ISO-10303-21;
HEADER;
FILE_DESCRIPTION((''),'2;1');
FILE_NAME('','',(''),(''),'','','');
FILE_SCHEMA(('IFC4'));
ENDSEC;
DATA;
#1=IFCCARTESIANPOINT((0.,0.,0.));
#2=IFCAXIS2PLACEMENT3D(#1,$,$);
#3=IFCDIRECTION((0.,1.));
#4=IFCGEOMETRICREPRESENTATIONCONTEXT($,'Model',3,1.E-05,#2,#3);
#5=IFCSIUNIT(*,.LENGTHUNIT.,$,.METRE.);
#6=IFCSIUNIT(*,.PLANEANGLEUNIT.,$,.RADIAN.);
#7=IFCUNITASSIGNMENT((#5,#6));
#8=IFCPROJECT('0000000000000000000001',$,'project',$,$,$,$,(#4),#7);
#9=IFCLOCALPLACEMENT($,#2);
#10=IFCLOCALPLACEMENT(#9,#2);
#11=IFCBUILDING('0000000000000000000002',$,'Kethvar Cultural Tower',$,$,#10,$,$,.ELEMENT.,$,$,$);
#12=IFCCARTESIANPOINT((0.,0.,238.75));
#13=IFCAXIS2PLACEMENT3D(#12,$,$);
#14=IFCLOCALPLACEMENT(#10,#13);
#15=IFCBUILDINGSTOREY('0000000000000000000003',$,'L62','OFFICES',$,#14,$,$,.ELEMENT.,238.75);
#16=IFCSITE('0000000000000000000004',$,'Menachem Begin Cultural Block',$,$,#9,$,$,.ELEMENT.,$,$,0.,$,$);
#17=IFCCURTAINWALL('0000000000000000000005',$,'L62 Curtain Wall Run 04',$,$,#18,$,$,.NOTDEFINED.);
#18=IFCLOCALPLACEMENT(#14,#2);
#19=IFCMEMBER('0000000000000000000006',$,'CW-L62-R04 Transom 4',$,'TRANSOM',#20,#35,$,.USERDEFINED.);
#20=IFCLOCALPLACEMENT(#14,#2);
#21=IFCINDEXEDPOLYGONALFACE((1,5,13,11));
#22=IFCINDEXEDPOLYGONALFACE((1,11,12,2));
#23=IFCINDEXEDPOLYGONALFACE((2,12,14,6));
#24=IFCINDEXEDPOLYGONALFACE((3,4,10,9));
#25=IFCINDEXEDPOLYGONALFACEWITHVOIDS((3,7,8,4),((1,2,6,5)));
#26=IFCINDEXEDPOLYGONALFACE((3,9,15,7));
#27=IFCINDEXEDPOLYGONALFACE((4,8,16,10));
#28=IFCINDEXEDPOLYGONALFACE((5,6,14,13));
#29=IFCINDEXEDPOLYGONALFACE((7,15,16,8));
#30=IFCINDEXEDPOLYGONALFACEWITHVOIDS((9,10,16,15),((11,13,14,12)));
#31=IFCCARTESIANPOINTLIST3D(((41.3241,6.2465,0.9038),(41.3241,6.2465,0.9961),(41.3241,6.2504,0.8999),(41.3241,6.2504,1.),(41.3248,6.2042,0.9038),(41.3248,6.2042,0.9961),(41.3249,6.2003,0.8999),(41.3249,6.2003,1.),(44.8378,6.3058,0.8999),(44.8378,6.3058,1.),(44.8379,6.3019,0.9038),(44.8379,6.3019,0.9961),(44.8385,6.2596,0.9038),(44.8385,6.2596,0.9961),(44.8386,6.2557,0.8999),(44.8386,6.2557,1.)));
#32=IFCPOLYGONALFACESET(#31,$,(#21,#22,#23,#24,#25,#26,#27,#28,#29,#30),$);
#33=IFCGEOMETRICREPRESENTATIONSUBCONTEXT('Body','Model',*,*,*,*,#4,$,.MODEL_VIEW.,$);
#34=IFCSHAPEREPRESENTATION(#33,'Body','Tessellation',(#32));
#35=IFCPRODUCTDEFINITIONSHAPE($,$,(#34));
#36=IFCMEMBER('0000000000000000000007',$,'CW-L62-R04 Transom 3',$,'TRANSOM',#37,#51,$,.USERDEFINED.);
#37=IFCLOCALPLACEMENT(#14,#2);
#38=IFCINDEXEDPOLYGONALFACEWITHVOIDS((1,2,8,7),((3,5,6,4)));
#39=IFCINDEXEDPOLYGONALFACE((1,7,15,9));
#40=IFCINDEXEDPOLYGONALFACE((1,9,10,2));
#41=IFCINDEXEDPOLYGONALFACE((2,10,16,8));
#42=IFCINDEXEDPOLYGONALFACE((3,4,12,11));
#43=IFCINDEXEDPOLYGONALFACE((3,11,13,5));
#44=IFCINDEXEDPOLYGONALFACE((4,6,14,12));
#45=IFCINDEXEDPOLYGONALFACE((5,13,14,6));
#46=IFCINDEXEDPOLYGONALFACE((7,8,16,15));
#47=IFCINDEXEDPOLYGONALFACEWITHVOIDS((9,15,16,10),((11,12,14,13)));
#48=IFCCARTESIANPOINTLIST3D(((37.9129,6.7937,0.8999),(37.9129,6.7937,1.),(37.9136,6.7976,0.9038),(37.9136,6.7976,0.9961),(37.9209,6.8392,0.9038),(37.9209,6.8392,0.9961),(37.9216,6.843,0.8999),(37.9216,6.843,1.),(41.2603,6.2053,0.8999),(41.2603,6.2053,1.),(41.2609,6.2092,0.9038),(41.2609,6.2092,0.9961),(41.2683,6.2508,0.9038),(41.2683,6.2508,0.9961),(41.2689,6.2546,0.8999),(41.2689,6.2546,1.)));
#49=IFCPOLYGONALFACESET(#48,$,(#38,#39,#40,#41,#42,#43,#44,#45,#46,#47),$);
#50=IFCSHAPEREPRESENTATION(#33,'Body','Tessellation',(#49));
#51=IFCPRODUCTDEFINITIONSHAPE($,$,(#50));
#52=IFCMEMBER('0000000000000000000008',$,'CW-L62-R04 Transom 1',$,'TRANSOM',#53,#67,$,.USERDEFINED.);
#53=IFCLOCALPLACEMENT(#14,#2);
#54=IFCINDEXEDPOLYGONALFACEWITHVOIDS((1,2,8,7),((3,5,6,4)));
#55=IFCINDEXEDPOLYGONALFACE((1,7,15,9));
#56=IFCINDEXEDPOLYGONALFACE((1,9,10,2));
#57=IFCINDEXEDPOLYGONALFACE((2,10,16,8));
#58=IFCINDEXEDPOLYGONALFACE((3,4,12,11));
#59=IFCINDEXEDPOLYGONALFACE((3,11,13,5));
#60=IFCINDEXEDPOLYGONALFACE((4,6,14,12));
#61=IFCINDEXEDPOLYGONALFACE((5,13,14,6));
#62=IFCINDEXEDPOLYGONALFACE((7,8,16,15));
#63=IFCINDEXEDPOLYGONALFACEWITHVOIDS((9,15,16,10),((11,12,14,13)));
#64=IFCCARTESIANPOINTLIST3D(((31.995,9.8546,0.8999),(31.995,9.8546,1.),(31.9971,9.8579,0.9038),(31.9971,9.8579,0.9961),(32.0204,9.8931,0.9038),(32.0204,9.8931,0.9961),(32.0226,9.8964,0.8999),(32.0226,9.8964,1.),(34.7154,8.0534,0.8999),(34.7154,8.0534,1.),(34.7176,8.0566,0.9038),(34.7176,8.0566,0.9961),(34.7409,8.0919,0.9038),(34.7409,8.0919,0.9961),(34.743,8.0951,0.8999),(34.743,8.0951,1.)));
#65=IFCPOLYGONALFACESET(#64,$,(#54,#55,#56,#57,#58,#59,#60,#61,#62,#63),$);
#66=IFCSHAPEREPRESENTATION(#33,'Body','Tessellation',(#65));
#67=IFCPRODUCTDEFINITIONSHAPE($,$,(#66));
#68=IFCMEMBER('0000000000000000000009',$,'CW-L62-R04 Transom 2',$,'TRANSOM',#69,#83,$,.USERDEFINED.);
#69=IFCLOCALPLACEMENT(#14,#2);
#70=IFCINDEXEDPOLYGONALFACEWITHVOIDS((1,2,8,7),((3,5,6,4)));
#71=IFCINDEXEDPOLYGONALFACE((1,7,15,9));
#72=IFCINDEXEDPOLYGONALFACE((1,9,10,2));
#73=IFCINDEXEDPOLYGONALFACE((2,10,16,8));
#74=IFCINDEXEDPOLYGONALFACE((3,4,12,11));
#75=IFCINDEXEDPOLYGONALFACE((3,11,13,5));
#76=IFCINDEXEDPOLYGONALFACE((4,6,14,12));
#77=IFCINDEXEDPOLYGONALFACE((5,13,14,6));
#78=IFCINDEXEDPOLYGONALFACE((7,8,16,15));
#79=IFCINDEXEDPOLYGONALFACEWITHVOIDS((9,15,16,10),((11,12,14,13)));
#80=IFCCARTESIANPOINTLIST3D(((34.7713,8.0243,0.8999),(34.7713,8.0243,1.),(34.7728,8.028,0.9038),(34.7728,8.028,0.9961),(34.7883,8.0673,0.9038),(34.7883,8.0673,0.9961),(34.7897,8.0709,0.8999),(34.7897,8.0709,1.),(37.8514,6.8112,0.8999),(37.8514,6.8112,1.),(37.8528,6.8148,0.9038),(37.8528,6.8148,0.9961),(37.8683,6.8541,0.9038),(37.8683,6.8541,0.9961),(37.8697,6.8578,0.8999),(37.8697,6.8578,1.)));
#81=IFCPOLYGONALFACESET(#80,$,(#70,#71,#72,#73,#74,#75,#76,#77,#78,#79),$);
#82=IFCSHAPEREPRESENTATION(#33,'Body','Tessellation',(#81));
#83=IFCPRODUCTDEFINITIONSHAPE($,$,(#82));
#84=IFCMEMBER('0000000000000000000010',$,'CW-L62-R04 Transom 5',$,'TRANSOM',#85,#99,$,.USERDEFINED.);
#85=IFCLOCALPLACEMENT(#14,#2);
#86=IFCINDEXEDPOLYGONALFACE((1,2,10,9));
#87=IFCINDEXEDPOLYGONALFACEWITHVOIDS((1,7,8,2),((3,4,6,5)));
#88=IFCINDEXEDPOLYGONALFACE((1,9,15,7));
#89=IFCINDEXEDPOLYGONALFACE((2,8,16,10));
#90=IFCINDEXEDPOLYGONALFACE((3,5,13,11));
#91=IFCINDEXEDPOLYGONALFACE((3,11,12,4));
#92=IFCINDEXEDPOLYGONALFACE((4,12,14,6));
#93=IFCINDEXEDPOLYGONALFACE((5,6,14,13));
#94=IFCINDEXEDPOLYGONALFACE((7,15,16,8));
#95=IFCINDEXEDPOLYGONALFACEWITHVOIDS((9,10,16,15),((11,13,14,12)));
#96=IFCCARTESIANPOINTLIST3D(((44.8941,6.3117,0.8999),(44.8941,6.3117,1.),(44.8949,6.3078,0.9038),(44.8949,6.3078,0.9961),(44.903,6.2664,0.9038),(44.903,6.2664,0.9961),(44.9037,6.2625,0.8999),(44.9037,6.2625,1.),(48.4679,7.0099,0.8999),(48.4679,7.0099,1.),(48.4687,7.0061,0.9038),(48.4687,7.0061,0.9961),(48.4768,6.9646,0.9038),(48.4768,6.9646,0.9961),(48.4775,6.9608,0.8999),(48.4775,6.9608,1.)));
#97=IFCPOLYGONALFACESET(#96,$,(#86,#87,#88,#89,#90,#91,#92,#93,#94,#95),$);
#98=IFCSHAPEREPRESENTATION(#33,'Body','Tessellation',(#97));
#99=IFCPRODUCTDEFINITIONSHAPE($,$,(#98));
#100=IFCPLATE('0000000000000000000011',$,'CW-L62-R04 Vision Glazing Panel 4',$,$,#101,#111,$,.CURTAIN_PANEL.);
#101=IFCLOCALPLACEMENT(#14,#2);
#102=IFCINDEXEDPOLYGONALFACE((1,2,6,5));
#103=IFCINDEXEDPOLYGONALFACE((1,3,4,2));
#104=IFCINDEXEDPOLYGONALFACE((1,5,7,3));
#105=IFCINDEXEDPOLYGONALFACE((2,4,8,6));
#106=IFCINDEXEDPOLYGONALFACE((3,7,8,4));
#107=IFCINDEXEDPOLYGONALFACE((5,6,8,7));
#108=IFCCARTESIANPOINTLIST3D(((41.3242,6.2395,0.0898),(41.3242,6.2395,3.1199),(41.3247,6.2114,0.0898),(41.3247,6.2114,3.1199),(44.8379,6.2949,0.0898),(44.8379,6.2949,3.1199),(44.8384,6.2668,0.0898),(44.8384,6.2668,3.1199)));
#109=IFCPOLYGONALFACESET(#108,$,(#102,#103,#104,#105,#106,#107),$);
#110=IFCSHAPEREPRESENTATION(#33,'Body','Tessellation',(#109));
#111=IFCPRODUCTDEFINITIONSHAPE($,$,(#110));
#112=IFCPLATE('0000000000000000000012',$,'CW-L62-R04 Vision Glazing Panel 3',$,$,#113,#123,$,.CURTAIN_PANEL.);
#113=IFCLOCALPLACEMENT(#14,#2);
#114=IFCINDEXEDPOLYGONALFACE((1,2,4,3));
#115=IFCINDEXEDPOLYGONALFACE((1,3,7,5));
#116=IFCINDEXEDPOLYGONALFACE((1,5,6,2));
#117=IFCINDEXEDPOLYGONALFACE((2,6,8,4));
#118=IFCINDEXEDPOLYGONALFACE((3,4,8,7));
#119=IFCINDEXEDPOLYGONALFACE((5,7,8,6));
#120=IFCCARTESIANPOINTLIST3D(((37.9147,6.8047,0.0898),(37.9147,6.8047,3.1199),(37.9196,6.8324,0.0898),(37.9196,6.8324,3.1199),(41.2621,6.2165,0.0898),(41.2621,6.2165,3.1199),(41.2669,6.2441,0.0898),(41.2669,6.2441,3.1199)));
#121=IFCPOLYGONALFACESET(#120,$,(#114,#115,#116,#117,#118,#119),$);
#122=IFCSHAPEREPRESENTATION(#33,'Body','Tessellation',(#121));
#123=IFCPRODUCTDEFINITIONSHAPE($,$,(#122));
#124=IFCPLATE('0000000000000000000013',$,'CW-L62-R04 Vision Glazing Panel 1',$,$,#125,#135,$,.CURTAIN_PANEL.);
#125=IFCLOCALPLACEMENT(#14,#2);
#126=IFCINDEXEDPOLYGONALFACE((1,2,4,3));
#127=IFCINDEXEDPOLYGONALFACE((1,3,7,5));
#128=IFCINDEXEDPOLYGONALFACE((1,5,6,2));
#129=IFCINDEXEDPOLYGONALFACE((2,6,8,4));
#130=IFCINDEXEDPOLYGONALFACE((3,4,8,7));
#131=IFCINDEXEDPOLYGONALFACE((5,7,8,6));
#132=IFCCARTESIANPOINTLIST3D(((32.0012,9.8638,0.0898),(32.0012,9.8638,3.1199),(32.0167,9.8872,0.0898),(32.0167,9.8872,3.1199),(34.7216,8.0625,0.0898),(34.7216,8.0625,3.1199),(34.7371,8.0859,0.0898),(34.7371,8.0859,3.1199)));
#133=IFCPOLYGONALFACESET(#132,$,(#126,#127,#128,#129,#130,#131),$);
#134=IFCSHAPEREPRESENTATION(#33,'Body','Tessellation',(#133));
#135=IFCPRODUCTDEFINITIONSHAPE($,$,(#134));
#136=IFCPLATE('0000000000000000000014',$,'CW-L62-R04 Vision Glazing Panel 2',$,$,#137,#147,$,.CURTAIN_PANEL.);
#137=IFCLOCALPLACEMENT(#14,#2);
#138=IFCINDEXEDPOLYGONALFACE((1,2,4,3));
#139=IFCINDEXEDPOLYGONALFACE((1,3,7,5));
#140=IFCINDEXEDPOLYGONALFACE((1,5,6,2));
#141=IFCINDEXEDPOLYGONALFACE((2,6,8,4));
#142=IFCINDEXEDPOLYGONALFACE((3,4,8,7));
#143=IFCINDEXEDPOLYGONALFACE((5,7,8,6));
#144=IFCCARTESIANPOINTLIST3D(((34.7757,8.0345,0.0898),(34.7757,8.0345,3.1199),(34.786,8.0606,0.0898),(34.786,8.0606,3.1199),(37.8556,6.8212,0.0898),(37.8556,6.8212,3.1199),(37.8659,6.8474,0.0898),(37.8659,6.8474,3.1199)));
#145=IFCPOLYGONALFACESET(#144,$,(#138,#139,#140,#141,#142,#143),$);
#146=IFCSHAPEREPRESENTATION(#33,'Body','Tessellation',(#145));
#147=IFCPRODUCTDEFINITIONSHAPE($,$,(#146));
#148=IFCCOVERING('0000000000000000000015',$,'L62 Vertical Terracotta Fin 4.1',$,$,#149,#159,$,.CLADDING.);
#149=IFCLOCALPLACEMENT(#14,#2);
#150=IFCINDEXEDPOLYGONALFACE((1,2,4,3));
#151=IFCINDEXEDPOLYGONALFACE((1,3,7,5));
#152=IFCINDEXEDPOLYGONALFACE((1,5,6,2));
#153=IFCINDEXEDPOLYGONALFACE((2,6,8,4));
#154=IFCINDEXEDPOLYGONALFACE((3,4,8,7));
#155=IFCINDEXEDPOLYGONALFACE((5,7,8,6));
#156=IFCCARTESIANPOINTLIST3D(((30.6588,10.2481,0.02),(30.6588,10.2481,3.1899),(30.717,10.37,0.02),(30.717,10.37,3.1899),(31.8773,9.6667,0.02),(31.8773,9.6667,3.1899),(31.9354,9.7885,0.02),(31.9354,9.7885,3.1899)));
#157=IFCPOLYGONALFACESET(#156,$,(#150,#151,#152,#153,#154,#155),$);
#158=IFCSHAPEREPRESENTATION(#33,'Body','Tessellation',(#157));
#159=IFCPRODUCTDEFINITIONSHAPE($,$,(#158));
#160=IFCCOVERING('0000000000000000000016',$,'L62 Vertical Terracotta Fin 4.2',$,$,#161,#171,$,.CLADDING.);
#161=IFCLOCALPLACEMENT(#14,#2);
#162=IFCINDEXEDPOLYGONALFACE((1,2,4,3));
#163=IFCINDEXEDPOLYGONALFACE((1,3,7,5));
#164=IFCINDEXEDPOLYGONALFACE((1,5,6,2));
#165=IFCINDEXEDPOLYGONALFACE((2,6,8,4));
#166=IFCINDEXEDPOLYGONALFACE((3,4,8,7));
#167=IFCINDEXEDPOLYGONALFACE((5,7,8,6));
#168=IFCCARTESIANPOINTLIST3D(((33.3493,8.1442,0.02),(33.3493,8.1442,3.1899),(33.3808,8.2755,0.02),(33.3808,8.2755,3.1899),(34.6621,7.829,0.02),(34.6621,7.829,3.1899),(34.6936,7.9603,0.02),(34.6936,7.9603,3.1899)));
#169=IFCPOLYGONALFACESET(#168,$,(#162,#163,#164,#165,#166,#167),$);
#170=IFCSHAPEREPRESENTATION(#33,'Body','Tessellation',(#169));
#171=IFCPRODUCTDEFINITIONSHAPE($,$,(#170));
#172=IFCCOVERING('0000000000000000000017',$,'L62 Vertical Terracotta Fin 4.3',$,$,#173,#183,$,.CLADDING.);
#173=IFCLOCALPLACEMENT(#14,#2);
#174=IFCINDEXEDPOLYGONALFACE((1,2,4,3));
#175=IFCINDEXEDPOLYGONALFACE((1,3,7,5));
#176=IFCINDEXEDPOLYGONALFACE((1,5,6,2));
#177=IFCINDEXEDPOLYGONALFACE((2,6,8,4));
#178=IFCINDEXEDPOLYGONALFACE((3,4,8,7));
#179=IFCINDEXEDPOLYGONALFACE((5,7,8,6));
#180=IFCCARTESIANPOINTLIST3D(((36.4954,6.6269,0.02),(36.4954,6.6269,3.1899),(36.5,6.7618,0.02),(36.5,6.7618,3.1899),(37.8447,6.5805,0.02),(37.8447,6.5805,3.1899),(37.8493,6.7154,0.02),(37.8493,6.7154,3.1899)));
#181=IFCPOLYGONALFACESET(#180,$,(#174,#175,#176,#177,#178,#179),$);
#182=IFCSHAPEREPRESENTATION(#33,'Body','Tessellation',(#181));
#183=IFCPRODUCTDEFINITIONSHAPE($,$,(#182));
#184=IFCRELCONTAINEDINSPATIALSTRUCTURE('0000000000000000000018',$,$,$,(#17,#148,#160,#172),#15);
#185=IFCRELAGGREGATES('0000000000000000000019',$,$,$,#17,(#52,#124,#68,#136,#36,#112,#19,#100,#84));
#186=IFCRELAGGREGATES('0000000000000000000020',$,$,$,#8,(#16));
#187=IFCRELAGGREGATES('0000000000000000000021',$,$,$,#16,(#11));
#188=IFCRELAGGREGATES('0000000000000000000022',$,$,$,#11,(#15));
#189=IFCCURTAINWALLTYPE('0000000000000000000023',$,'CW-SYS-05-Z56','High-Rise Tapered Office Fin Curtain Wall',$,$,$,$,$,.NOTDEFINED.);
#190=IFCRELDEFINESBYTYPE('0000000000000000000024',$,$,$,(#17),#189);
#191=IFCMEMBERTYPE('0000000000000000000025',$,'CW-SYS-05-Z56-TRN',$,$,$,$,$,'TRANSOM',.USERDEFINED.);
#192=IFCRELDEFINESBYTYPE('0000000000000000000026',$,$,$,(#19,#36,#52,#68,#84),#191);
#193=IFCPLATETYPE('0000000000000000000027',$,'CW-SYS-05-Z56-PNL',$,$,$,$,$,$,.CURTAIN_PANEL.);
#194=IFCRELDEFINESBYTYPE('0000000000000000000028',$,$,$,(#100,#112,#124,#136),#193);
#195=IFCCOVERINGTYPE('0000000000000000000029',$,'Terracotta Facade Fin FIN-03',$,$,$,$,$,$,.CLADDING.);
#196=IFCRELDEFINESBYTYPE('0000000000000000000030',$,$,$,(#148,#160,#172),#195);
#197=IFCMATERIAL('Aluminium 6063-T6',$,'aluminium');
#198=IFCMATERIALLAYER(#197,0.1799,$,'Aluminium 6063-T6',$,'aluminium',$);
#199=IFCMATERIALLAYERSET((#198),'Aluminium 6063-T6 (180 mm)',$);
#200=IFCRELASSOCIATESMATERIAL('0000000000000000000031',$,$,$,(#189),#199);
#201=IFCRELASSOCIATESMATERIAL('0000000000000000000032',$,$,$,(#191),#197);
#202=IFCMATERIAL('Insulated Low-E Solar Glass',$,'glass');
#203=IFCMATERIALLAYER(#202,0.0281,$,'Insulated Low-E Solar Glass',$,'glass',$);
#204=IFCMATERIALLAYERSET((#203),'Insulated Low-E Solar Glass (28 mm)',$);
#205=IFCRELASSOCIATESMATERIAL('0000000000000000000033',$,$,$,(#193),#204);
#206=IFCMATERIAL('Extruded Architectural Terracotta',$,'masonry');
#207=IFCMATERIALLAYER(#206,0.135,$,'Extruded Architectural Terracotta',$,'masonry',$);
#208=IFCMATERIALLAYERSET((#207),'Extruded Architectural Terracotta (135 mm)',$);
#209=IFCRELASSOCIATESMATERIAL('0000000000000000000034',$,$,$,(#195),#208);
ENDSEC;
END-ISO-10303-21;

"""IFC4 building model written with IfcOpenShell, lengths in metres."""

from ifc_helpers import new_model, si_unit, direction, frame, origin, origin_2d, place, context, subcontext, project, spatial, rectangle, hollow_rectangle, extrude, source, transform, mapped, material, layer, layer_set, material_profile, profile_set, type_object, element, aggregate, save


model = new_model("IFC4")

# Units and contexts
model_context = context("Model", 3, precision=1e-05, world=origin(), true_north=direction((0.0, 1.0)))
body_context = subcontext(model_context, "Body", "Model", "MODEL_VIEW")
ifc_project = project(units=[si_unit("LENGTHUNIT", "METRE"), si_unit("PLANEANGLEUNIT", "RADIAN")], contexts=[model_context])

# Site, building, storey
site_placement = place(None, origin())
site = spatial("IfcSite", under=ifc_project, at=site_placement, Name="Menachem Begin Cultural Block", CompositionType="ELEMENT", RefElevation=0.0)
building_placement = place(site_placement, origin())
building = spatial("IfcBuilding", under=site, at=building_placement, Name="Kethvar Cultural Tower", CompositionType="ELEMENT")
storey_placement = place(building_placement, frame((0.0, 0.0, 238.75)))
storey = spatial("IfcBuildingStorey", under=building, at=storey_placement, Name="L62", Description="OFFICES", CompositionType="ELEMENT", Elevation=238.75)

# Shared definitions
ifc_material_1 = material(Name="Aluminium 6063-T6", Category="aluminium")
ifc_layer_1 = layer(ifc_material_1, 0.1799, Name="Aluminium 6063-T6", Category="aluminium")
ifc_layer_set_1 = layer_set([ifc_layer_1], Name="Aluminium 6063-T6 (180 mm)")
curtain_wall_type = type_object("IfcCurtainWallType", Name="CW-SYS-05-Z56", Description="High-Rise Tapered Office Fin Curtain Wall", PredefinedType="NOTDEFINED", material=ifc_layer_set_1)

# Curtain wall, members, plates
curtain_wall_1_placement = place(storey_placement, origin())
curtain_wall_1 = element("IfcCurtainWall", 1, at=curtain_wall_1_placement, inside=storey, type_object=curtain_wall_type, Name="L62 Curtain Wall Run 04", PredefinedType="NOTDEFINED")
ifc_material_profile_1 = material_profile(ifc_material_1, hollow_rectangle(XDim=0.05, YDim=0.1001, WallThickness=0.0039, at=origin_2d()), Name="Aluminium 6063-T6 — RHS100x50x4")
ifc_profile_set_1 = profile_set([ifc_material_profile_1], Name="Aluminium 6063-T6 — RHS100x50x4")
member_type_1 = type_object("IfcMemberType", Name="CW-SYS-05-Z56-TRN", ElementType="TRANSOM", PredefinedType="USERDEFINED", material=ifc_profile_set_1)
shared_shape_1 = source(origin(), body_context, "Body", "SweptSolid", [
    extrude(hollow_rectangle(XDim=0.05, YDim=0.1001, WallThickness=0.0039, at=origin_2d()), origin(), (0.0, 0.0, 1.0), 3.5142),
])
member_1_placement = place(storey_placement, frame((41.3245, 6.2253, 0.95), z_axis=(0.999876, 0.015771, 0.0), x_axis=(-0.015771, 0.999876, 0.0)))
member_1 = element("IfcMember", 2, at=member_1_placement, type_object=member_type_1, Name="CW-L62-R04 Transom 4", ObjectType="TRANSOM", PredefinedType="USERDEFINED", context=body_context, shape_type="MappedRepresentation", body=[
    mapped(shared_shape_1, transform((0.0, 0.0, 0.0), scale=1.0)),
])
shared_shape_2 = source(origin(), body_context, "Body", "SweptSolid", [
    extrude(hollow_rectangle(XDim=0.05, YDim=0.1001, WallThickness=0.0039, at=origin_2d()), origin(), (0.0, 0.0, 1.0), 3.3987),
])
member_2_placement = place(storey_placement, frame((37.9172, 6.8184, 0.95), z_axis=(0.984901, -0.173117, 0.0), x_axis=(0.173117, 0.984901, 0.0)))
member_2 = element("IfcMember", 3, at=member_2_placement, type_object=member_type_1, Name="CW-L62-R04 Transom 3", ObjectType="TRANSOM", PredefinedType="USERDEFINED", context=body_context, shape_type="MappedRepresentation", body=[
    mapped(shared_shape_2, transform((0.0, 0.0, 0.0), scale=1.0)),
])
shared_shape_3 = source(origin(), body_context, "Body", "SweptSolid", [
    extrude(hollow_rectangle(XDim=0.05, YDim=0.1001, WallThickness=0.0039, at=origin_2d()), origin(), (0.0, 0.0, 1.0), 3.2627),
])
member_3_placement = place(storey_placement, frame((32.0088, 9.8755, 0.95), z_axis=(0.833796, -0.552073, 0.0), x_axis=(0.552073, 0.833796, 0.0)))
member_3 = element("IfcMember", 4, at=member_3_placement, type_object=member_type_1, Name="CW-L62-R04 Transom 1", ObjectType="TRANSOM", PredefinedType="USERDEFINED", context=body_context, shape_type="MappedRepresentation", body=[
    mapped(shared_shape_3, transform((0.0, 0.0, 0.0), scale=1.0)),
])
shared_shape_4 = source(origin(), body_context, "Body", "SweptSolid", [
    extrude(hollow_rectangle(XDim=0.05, YDim=0.1001, WallThickness=0.0039, at=origin_2d()), origin(), (0.0, 0.0, 1.0), 3.3103),
])
member_4_placement = place(storey_placement, frame((34.7805, 8.0476, 0.95), z_axis=(0.930432, -0.366465, 0.0), x_axis=(0.366465, 0.930432, 0.0)))
member_4 = element("IfcMember", 5, at=member_4_placement, type_object=member_type_1, Name="CW-L62-R04 Transom 2", ObjectType="TRANSOM", PredefinedType="USERDEFINED", context=body_context, shape_type="MappedRepresentation", body=[
    mapped(shared_shape_4, transform((0.0, 0.0, 0.0), scale=1.0)),
])
shared_shape_5 = source(origin(), body_context, "Body", "SweptSolid", [
    extrude(hollow_rectangle(XDim=0.05, YDim=0.1001, WallThickness=0.0039, at=origin_2d()), origin(), (0.0, 0.0, 1.0), 3.6414),
])
member_5_placement = place(storey_placement, frame((44.8989, 6.2871, 0.95), z_axis=(0.981443, 0.191756, 0.0), x_axis=(-0.191756, 0.981443, 0.0)))
member_5 = element("IfcMember", 6, at=member_5_placement, type_object=member_type_1, Name="CW-L62-R04 Transom 5", ObjectType="TRANSOM", PredefinedType="USERDEFINED", context=body_context, shape_type="MappedRepresentation", body=[
    mapped(shared_shape_5, transform((0.0, 0.0, 0.0), scale=1.0)),
])
ifc_material_2 = material(Name="Insulated Low-E Solar Glass", Category="glass")
ifc_layer_2 = layer(ifc_material_2, 0.0281, Name="Insulated Low-E Solar Glass", Category="glass")
ifc_layer_set_2 = layer_set([ifc_layer_2], Name="Insulated Low-E Solar Glass (28 mm)")
plate_type = type_object("IfcPlateType", Name="CW-SYS-05-Z56-PNL", PredefinedType="CURTAIN_PANEL", material=ifc_layer_set_2)
shared_shape_6 = source(origin(), body_context, "Body", "SweptSolid", [
    extrude(rectangle(XDim=3.5142, YDim=0.0281, at=origin_2d()), origin(), (0.0, 0.0, 1.0), 3.03),
])
plate_1_placement = place(storey_placement, frame((43.0813, 6.2532, 0.0898), z_axis=(0.0, 0.0, 1.0), x_axis=(0.999876, 0.01576, 0.0)))
plate_1 = element("IfcPlate", 7, at=plate_1_placement, type_object=plate_type, Name="CW-L62-R04 Vision Glazing Panel 4", PredefinedType="CURTAIN_PANEL", context=body_context, shape_type="MappedRepresentation", body=[
    mapped(shared_shape_6, transform((0.0, 0.0, 0.0), scale=1.0)),
])
shared_shape_7 = source(origin(), body_context, "Body", "SweptSolid", [
    extrude(rectangle(XDim=3.3987, YDim=0.0281, at=origin_2d()), origin(), (0.0, 0.0, 1.0), 3.03),
])
plate_2_placement = place(storey_placement, frame((39.5908, 6.5244, 0.0898), z_axis=(0.0, 0.0, 1.0), x_axis=(0.984908, -0.173081, 0.0)))
plate_2 = element("IfcPlate", 8, at=plate_2_placement, type_object=plate_type, Name="CW-L62-R04 Vision Glazing Panel 3", PredefinedType="CURTAIN_PANEL", context=body_context, shape_type="MappedRepresentation", body=[
    mapped(shared_shape_7, transform((0.0, 0.0, 0.0), scale=1.0)),
])
shared_shape_8 = source(origin(), body_context, "Body", "SweptSolid", [
    extrude(rectangle(XDim=3.2627, YDim=0.0281, at=origin_2d()), origin(), (0.0, 0.0, 1.0), 3.03),
])
plate_3_placement = place(storey_placement, frame((33.3691, 8.9749, 0.0898), z_axis=(0.0, 0.0, 1.0), x_axis=(0.833799, -0.552068, 0.0)))
plate_3 = element("IfcPlate", 9, at=plate_3_placement, type_object=plate_type, Name="CW-L62-R04 Vision Glazing Panel 1", PredefinedType="CURTAIN_PANEL", context=body_context, shape_type="MappedRepresentation", body=[
    mapped(shared_shape_8, transform((0.0, 0.0, 0.0), scale=1.0)),
])
shared_shape_9 = source(origin(), body_context, "Body", "SweptSolid", [
    extrude(rectangle(XDim=3.3103, YDim=0.0281, at=origin_2d()), origin(), (0.0, 0.0, 1.0), 3.03),
])
plate_4_placement = place(storey_placement, frame((36.3208, 7.4409, 0.0898), z_axis=(0.0, 0.0, 1.0), x_axis=(0.930418, -0.366501, 0.0)))
plate_4 = element("IfcPlate", 10, at=plate_4_placement, type_object=plate_type, Name="CW-L62-R04 Vision Glazing Panel 2", PredefinedType="CURTAIN_PANEL", context=body_context, shape_type="MappedRepresentation", body=[
    mapped(shared_shape_9, transform((0.0, 0.0, 0.0), scale=1.0)),
])
aggregate(curtain_wall_1, [member_3, plate_3, member_4, plate_4, member_2, plate_2, member_1, plate_1, member_5])

# Coverings
ifc_material_3 = material(Name="Extruded Architectural Terracotta", Category="masonry")
ifc_layer_3 = layer(ifc_material_3, 0.135, Name="Extruded Architectural Terracotta", Category="masonry")
ifc_layer_set_3 = layer_set([ifc_layer_3], Name="Extruded Architectural Terracotta (135 mm)")
covering_type = type_object("IfcCoveringType", Name="Terracotta Facade Fin FIN-03", PredefinedType="CLADDING", material=ifc_layer_set_3)
shared_shape_10 = source(origin(), body_context, "Body", "SweptSolid", [
    extrude(rectangle(XDim=1.3501, YDim=0.135, at=origin_2d()), origin(), (0.0, 0.0, 1.0), 3.1699),
])
for number, where, z_axis, x_axis, name in (
    (11, (31.2971, 10.0183, 0.02), (0.0, 0.0, 1.0), (-0.90251, 0.430669, 0.0), "L62 Vertical Terracotta Fin 4.1"),
    (12, (34.0215, 8.0522, 0.02), (0.0, 0.0, 1.0), (-0.97237, 0.233445, 0.0), "L62 Vertical Terracotta Fin 4.2"),
    (13, (37.1724, 6.6711, 0.02), (0.0, 0.0, 1.0), (-0.999409, 0.034376, 0.0), "L62 Vertical Terracotta Fin 4.3"),
):
    element("IfcCovering", number, at=place(storey_placement, frame(where, z_axis=z_axis, x_axis=x_axis)), inside=storey, type_object=covering_type, Name=name, PredefinedType="CLADDING", context=body_context, shape_type="MappedRepresentation", body=[
        mapped(shared_shape_10, transform((0.0, 0.0, 0.0), scale=1.0)),
    ])

save(model, "model.ifc")
